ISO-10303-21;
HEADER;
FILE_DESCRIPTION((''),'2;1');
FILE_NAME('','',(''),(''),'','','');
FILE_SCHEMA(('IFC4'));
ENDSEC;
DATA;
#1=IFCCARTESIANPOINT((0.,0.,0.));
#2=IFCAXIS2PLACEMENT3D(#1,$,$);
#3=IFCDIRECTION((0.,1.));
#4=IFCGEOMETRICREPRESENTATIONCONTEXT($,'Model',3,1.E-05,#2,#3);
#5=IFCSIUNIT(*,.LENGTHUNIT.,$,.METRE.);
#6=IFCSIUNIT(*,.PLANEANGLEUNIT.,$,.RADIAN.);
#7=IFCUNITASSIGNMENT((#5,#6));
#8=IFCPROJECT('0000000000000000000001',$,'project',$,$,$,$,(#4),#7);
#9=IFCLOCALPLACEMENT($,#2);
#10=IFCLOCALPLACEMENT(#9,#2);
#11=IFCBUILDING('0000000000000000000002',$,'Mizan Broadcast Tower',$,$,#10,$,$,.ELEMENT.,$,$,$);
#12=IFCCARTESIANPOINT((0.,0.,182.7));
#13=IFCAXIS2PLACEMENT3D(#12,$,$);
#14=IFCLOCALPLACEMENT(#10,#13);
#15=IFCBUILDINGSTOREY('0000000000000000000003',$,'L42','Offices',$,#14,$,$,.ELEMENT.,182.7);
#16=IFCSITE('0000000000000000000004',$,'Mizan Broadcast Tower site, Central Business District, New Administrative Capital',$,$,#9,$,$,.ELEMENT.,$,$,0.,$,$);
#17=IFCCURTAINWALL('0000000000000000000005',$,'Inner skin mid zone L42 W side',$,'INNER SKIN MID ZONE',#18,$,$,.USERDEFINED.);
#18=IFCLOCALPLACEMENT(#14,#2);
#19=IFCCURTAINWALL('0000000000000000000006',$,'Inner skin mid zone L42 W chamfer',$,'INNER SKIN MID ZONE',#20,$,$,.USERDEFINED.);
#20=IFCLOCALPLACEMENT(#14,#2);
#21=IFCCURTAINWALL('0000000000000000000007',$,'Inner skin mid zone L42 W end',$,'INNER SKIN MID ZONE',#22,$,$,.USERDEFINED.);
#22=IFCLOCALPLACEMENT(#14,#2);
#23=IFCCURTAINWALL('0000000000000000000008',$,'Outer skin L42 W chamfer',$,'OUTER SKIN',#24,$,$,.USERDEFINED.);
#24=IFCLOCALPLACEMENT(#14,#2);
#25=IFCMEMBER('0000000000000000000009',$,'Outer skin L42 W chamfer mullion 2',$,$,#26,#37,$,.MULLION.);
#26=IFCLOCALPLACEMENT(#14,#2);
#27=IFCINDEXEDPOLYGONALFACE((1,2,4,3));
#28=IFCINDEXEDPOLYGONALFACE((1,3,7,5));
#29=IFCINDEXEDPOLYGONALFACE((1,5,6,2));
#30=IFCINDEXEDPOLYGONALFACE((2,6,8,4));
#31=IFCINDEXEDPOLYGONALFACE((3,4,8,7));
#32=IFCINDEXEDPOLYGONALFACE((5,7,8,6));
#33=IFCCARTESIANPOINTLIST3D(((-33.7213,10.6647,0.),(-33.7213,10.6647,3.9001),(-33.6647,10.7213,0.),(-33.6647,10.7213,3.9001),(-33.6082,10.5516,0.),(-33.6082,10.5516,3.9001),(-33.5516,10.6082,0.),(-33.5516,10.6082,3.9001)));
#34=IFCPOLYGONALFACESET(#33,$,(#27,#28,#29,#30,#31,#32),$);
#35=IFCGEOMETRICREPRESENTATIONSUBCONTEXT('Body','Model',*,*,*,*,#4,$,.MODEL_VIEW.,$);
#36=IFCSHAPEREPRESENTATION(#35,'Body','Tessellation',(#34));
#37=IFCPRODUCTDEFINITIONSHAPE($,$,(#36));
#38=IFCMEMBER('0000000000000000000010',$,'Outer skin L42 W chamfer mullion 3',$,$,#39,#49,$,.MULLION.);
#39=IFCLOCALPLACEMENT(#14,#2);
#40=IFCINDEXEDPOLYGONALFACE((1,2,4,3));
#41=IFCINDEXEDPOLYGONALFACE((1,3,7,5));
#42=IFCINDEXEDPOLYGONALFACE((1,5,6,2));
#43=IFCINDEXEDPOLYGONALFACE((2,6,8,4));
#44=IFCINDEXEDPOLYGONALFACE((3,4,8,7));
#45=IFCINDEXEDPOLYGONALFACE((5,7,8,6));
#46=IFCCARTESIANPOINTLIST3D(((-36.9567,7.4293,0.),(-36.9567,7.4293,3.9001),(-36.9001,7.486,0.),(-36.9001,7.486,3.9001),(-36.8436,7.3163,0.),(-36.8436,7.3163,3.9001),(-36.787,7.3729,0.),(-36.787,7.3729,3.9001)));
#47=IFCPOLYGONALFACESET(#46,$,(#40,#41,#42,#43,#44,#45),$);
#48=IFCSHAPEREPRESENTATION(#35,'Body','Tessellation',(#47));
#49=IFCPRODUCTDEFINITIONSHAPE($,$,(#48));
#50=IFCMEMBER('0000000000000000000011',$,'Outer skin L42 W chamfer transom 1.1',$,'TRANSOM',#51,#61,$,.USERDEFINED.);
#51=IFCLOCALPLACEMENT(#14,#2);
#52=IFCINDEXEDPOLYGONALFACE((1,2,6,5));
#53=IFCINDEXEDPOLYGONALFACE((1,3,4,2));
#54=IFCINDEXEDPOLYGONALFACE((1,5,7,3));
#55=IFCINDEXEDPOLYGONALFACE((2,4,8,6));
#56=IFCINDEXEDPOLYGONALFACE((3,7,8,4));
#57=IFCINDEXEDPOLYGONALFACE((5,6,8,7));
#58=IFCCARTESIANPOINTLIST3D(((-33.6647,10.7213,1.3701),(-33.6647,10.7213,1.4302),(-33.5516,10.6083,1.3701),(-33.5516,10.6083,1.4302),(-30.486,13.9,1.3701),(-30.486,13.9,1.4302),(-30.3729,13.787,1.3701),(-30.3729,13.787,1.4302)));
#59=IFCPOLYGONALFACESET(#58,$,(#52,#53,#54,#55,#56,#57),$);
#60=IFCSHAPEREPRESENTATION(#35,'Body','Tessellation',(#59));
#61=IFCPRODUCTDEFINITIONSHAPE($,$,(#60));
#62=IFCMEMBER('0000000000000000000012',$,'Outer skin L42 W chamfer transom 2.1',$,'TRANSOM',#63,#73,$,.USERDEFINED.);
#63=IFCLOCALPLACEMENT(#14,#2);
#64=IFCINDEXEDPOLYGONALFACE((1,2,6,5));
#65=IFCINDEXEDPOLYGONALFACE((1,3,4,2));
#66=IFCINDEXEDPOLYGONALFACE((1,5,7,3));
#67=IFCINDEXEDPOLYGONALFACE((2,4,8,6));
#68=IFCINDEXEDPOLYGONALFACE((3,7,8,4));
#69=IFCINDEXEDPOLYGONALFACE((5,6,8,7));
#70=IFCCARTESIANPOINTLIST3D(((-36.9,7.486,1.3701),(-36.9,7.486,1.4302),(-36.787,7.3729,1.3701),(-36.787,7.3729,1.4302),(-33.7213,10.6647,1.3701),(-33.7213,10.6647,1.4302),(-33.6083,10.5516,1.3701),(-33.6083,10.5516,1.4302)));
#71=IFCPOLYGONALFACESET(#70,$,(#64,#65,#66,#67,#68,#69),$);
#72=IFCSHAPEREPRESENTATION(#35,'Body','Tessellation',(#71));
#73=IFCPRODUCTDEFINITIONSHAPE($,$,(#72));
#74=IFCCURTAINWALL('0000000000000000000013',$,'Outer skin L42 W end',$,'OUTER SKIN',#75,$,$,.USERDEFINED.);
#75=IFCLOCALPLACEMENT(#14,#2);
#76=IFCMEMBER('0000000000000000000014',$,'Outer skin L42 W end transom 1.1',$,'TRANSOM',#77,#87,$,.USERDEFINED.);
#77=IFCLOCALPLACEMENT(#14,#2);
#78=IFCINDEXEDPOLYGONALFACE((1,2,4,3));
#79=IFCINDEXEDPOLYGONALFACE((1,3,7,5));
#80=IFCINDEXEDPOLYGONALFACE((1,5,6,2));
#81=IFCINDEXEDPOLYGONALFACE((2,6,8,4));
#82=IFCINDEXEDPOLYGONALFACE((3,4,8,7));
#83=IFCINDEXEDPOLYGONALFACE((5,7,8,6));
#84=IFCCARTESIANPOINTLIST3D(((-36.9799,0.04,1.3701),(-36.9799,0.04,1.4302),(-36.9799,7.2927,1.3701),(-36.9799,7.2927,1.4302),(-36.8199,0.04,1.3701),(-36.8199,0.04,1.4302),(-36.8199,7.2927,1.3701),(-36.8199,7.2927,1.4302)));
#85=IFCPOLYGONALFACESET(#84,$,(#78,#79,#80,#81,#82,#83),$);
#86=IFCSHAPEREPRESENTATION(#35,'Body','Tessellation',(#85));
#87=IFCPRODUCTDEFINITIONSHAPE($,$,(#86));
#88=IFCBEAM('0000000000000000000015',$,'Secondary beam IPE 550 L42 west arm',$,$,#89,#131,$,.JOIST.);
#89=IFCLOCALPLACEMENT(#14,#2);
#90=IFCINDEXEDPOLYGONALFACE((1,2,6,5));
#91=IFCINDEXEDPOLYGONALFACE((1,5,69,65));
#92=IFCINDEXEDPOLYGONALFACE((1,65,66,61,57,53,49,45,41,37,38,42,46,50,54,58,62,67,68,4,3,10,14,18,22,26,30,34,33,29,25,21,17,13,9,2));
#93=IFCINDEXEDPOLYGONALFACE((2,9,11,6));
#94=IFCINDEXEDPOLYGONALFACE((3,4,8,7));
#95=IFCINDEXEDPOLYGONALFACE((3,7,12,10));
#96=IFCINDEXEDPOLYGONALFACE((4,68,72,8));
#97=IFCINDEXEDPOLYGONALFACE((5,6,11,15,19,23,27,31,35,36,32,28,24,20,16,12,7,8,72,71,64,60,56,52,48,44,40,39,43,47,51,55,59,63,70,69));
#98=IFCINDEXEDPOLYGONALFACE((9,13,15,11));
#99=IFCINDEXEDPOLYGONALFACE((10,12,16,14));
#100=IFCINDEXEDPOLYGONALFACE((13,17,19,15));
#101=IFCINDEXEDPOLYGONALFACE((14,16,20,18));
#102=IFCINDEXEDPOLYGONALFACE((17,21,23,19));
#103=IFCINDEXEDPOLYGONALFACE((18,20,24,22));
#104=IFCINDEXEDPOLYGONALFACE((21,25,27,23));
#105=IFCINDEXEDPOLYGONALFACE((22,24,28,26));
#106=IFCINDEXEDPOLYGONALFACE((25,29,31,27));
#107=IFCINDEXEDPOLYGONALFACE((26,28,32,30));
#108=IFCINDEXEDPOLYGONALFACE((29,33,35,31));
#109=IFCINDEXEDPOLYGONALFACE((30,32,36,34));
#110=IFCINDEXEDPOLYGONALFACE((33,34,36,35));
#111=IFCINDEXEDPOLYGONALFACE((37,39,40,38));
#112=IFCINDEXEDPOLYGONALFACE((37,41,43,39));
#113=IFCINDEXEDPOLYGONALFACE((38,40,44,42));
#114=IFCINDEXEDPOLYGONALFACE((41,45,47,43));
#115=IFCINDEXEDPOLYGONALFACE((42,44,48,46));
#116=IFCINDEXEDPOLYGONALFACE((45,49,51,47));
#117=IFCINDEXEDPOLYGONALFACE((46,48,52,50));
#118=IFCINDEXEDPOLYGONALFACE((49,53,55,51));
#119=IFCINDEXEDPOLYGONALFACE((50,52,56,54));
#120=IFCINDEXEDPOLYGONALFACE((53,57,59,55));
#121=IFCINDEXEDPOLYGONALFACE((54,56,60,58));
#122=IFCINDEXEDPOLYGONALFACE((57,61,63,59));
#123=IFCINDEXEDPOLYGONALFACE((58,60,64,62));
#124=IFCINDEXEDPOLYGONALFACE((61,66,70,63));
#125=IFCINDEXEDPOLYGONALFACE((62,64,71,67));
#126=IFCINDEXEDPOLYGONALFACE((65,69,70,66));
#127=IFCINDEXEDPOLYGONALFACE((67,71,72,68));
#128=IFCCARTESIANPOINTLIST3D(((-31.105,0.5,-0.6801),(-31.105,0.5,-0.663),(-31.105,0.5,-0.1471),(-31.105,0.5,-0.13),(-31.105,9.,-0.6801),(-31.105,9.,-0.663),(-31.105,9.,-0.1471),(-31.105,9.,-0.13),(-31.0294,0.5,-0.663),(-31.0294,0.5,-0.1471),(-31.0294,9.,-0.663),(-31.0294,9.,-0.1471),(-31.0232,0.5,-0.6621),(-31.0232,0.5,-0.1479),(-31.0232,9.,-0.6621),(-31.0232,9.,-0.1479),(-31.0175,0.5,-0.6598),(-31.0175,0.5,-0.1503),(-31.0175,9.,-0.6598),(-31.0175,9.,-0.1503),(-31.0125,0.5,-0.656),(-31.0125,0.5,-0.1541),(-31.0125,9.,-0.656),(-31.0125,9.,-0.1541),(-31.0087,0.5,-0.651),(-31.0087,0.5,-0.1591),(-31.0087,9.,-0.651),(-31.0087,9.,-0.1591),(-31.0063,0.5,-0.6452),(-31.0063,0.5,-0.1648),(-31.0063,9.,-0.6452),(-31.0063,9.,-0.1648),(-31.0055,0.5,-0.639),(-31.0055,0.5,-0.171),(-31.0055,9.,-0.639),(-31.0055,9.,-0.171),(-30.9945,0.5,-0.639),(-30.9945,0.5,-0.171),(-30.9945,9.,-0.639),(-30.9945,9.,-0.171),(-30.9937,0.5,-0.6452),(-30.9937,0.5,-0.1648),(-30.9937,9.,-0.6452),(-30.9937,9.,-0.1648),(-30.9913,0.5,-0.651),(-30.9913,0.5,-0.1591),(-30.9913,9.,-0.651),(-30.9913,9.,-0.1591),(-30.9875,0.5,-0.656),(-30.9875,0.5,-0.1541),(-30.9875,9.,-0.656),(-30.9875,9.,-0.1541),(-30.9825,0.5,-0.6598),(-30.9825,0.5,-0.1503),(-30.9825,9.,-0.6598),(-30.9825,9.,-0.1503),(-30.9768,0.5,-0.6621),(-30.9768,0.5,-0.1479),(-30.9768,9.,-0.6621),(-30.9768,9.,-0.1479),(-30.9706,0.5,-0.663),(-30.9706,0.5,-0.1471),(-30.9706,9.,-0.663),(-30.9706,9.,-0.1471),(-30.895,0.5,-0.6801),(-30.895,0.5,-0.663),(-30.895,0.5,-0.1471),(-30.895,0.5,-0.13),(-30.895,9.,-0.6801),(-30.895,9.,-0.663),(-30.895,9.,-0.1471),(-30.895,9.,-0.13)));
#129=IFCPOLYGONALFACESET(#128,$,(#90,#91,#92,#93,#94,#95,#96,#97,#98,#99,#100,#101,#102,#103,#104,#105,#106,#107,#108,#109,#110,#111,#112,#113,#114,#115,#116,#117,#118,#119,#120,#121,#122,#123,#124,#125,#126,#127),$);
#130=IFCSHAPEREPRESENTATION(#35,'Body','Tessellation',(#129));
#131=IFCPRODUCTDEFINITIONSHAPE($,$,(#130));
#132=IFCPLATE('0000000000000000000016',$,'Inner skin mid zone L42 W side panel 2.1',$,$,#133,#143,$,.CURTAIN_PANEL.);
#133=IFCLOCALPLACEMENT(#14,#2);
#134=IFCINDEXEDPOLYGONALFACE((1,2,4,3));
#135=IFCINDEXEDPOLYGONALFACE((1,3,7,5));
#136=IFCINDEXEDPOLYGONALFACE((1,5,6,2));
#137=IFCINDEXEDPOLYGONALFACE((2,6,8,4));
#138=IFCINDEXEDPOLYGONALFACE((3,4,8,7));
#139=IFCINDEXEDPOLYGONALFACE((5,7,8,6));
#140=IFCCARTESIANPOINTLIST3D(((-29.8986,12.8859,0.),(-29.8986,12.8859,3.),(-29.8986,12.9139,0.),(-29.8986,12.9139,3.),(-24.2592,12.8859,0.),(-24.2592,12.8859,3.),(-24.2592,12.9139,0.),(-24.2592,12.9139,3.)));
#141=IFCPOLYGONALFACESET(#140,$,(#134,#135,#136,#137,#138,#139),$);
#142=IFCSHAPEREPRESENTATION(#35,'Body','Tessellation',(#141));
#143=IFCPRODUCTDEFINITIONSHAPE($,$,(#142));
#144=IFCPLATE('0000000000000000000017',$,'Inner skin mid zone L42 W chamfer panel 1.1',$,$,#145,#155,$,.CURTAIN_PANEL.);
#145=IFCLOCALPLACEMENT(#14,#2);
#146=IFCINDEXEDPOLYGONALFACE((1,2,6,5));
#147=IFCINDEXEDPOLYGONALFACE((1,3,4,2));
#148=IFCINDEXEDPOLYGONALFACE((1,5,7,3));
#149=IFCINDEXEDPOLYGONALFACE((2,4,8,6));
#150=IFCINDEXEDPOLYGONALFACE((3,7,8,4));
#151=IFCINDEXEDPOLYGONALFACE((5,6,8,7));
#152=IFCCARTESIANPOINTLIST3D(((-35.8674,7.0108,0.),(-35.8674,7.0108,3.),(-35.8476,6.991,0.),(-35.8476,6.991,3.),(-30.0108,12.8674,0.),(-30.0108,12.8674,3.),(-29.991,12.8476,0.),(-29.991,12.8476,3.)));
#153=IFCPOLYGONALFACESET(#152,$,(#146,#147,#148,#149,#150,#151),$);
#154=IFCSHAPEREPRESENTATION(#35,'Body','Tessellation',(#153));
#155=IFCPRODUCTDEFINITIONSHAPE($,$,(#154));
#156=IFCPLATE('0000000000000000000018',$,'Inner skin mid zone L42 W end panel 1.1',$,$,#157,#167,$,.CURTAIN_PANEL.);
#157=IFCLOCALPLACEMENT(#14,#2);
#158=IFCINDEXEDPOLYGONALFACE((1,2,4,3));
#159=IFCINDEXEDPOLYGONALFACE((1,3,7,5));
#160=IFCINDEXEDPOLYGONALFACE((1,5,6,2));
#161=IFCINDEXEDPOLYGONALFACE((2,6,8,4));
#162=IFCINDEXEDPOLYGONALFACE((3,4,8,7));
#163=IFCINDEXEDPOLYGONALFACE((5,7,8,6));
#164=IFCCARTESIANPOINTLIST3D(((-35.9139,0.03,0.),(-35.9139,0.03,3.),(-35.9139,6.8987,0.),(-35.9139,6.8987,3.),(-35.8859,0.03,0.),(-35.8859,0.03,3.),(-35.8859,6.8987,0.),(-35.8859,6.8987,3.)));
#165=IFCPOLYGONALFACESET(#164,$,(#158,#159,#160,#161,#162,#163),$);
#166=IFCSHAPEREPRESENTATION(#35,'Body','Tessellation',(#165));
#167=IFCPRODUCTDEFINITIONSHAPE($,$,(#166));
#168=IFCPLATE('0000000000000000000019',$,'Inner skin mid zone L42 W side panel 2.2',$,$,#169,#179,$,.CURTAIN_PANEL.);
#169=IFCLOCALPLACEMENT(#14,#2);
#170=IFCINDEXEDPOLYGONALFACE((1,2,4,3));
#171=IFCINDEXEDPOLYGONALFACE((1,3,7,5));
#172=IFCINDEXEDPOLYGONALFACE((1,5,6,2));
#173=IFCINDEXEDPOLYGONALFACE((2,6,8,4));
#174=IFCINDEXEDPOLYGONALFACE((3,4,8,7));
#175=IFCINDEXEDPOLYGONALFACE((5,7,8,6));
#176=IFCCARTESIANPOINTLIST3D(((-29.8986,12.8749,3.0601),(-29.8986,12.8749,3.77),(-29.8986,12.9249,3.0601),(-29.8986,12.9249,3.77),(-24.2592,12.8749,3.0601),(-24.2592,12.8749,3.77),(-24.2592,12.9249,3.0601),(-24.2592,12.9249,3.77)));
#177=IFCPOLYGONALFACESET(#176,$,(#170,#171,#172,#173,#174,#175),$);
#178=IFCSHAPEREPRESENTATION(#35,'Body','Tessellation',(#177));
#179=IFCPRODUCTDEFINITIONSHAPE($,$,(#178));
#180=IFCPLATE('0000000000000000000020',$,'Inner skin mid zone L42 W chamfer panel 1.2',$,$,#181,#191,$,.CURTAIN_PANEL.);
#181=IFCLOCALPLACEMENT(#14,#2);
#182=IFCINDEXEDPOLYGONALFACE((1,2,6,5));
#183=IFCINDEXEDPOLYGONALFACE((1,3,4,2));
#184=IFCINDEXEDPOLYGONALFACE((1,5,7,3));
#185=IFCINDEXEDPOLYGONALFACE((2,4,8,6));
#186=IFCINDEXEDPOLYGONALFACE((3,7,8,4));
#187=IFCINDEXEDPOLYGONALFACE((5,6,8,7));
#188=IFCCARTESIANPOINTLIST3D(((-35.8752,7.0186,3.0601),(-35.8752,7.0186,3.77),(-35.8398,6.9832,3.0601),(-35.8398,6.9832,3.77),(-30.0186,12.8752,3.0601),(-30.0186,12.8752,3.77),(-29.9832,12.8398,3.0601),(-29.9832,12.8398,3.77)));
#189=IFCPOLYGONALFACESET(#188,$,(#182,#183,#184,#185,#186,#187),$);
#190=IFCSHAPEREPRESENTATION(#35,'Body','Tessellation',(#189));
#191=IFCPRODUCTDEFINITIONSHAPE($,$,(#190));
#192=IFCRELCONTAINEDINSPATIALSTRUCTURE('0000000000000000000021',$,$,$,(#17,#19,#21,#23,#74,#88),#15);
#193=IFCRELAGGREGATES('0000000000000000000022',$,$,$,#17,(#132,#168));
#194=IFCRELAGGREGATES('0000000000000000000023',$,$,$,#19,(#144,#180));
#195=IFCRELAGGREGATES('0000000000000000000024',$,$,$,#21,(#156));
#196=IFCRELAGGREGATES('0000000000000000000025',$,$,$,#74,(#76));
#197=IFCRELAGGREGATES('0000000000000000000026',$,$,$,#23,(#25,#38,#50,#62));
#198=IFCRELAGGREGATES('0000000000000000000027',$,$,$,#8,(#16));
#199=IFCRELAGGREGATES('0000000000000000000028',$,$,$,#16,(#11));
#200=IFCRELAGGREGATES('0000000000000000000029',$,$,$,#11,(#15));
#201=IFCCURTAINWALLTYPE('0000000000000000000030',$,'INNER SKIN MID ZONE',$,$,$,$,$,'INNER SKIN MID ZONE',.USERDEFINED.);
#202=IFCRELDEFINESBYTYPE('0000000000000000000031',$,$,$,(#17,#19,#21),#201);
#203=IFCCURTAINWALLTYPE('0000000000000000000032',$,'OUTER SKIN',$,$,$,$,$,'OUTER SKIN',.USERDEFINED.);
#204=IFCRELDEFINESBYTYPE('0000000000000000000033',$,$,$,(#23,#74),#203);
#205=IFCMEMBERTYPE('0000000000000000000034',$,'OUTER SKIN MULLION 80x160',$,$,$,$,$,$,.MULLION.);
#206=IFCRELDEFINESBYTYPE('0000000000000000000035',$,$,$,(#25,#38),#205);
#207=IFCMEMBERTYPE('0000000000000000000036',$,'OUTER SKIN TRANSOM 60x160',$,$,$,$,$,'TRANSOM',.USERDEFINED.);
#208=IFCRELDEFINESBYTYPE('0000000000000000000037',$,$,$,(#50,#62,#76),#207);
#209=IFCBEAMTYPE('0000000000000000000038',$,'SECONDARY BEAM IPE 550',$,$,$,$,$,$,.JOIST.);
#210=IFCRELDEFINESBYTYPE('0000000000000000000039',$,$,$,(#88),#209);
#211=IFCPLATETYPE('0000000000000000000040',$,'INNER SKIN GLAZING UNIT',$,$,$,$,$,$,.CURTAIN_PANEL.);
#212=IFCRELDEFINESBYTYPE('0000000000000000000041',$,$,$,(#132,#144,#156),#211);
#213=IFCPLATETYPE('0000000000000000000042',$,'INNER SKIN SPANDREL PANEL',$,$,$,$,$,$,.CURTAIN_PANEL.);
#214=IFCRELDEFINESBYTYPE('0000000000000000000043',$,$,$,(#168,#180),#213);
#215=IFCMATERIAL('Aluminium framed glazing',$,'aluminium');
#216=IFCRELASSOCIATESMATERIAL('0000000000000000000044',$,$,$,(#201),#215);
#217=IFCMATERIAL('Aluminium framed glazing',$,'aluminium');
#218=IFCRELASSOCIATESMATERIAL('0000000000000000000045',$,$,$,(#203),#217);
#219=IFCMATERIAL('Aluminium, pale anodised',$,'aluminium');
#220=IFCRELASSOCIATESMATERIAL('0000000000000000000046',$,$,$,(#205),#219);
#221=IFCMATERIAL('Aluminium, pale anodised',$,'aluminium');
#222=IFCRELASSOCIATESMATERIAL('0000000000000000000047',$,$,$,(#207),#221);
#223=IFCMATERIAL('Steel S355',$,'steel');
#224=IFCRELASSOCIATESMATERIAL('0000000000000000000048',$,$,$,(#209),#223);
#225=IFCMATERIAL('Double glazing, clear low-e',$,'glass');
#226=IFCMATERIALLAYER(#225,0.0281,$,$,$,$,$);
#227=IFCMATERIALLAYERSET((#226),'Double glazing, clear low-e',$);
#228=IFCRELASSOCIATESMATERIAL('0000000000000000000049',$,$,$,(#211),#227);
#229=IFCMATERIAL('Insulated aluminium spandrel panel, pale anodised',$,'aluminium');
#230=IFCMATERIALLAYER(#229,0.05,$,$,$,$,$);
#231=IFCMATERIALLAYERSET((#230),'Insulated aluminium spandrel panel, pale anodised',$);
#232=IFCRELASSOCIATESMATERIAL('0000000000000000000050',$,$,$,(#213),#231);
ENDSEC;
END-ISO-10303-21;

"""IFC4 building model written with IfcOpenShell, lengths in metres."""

from ifc_helpers import new_model, si_unit, direction, frame, origin, origin_2d, place, context, subcontext, project, spatial, rectangle, i_section, extrude, material, layer, layer_set, material_profile, profile_set, type_object, element, aggregate, save


model = new_model("IFC4")

# Units and contexts
model_context = context("Model", 3, precision=1e-05, world=origin(), true_north=direction((0.0, 1.0)))
body_context = subcontext(model_context, "Body", "Model", "MODEL_VIEW")
ifc_project = project(units=[si_unit("LENGTHUNIT", "METRE"), si_unit("PLANEANGLEUNIT", "RADIAN")], contexts=[model_context])

# Site, building, storey
site_placement = place(None, origin())
site = spatial("IfcSite", under=ifc_project, at=site_placement, Name="Mizan Broadcast Tower site, Central Business District, New Administrative Capital", CompositionType="ELEMENT", RefElevation=0.0)
building_placement = place(site_placement, origin())
building = spatial("IfcBuilding", under=site, at=building_placement, Name="Mizan Broadcast Tower", CompositionType="ELEMENT")
storey_placement = place(building_placement, frame((0.0, 0.0, 182.7)))
storey = spatial("IfcBuildingStorey", under=building, at=storey_placement, Name="L42", Description="Offices", CompositionType="ELEMENT", Elevation=182.7)

# Curtain wall
ifc_material_1 = material(Name="Aluminium framed glazing", Category="aluminium")
curtain_wall_type_1 = type_object("IfcCurtainWallType", Name="INNER SKIN MID ZONE", ElementType="INNER SKIN MID ZONE", PredefinedType="USERDEFINED", material=ifc_material_1)
curtain_wall_1_placement = place(storey_placement, origin())
curtain_wall_1 = element("IfcCurtainWall", 1, at=curtain_wall_1_placement, inside=storey, type_object=curtain_wall_type_1, Name="Inner skin mid zone L42 W side", ObjectType="INNER SKIN MID ZONE", PredefinedType="USERDEFINED")

# Curtain wall
curtain_wall_2_placement = place(storey_placement, origin())
curtain_wall_2 = element("IfcCurtainWall", 2, at=curtain_wall_2_placement, inside=storey, type_object=curtain_wall_type_1, Name="Inner skin mid zone L42 W chamfer", ObjectType="INNER SKIN MID ZONE", PredefinedType="USERDEFINED")

# Curtain wall
curtain_wall_3_placement = place(storey_placement, origin())
curtain_wall_3 = element("IfcCurtainWall", 3, at=curtain_wall_3_placement, inside=storey, type_object=curtain_wall_type_1, Name="Inner skin mid zone L42 W end", ObjectType="INNER SKIN MID ZONE", PredefinedType="USERDEFINED")
ifc_material_2 = material(Name="Aluminium framed glazing", Category="aluminium")
curtain_wall_type_2 = type_object("IfcCurtainWallType", Name="OUTER SKIN", ElementType="OUTER SKIN", PredefinedType="USERDEFINED", material=ifc_material_2)
ifc_material_3 = material(Name="Aluminium, pale anodised", Category="aluminium")
ifc_material_profile_1 = material_profile(ifc_material_3, rectangle(XDim=0.1599, YDim=0.0801, at=origin_2d()), Name="MULLION 160x80")
ifc_profile_set_1 = profile_set([ifc_material_profile_1], Name="Aluminium, pale anodised")
member_type_1 = type_object("IfcMemberType", Name="OUTER SKIN MULLION 80x160", PredefinedType="MULLION", material=ifc_profile_set_1)

# Curtain wall, members
curtain_wall_4_placement = place(storey_placement, origin())
curtain_wall_4 = element("IfcCurtainWall", 4, at=curtain_wall_4_placement, inside=storey, type_object=curtain_wall_type_2, Name="Outer skin L42 W chamfer", ObjectType="OUTER SKIN", PredefinedType="USERDEFINED")
member_1_placement = place(storey_placement, frame((-33.6365, 10.6365, 0.0), z_axis=(0.0, 0.0, 1.0), x_axis=(0.707107, -0.707107, 0.0)))
member_1 = element("IfcMember", 5, at=member_1_placement, type_object=member_type_1, Name="Outer skin L42 W chamfer mullion 2", PredefinedType="MULLION", context=body_context, shape_type="SweptSolid", body=[
    extrude(rectangle(XDim=0.1599, YDim=0.0801, at=origin_2d()), origin(), (0.0, 0.0, 1.0), 3.9001),
])
member_2_placement = place(storey_placement, frame((-36.8718, 7.4011, 0.0), z_axis=(0.0, 0.0, 1.0), x_axis=(0.707107, -0.707107, 0.0)))
member_2 = element("IfcMember", 6, at=member_2_placement, type_object=member_type_1, Name="Outer skin L42 W chamfer mullion 3", PredefinedType="MULLION", context=body_context, shape_type="SweptSolid", body=[
    extrude(rectangle(XDim=0.1599, YDim=0.0801, at=origin_2d()), origin(), (0.0, 0.0, 1.0), 3.9001),
])
ifc_material_4 = material(Name="Aluminium, pale anodised", Category="aluminium")
ifc_material_profile_2 = material_profile(ifc_material_4, rectangle(XDim=0.1599, YDim=0.0601, at=origin_2d()), Name="TRANSOM 160x60")
ifc_profile_set_2 = profile_set([ifc_material_profile_2], Name="Aluminium, pale anodised")
member_type_2 = type_object("IfcMemberType", Name="OUTER SKIN TRANSOM 60x160", ElementType="TRANSOM", PredefinedType="USERDEFINED", material=ifc_profile_set_2)
member_3_placement = place(storey_placement, frame((-30.4294, 13.8435, 1.4001), z_axis=(-0.707107, -0.707107, 0.0), x_axis=(0.707107, -0.707107, 0.0)))
member_3 = element("IfcMember", 7, at=member_3_placement, type_object=member_type_2, Name="Outer skin L42 W chamfer transom 1.1", ObjectType="TRANSOM", PredefinedType="USERDEFINED", context=body_context, shape_type="SweptSolid", body=[
    extrude(rectangle(XDim=0.1599, YDim=0.0601, at=origin_2d()), origin(), (0.0, 0.0, 1.0), 4.4954),
])
member_4_placement = place(storey_placement, frame((-33.6648, 10.6082, 1.4001), z_axis=(-0.707107, -0.707107, 0.0), x_axis=(0.707107, -0.707107, 0.0)))
member_4 = element("IfcMember", 8, at=member_4_placement, type_object=member_type_2, Name="Outer skin L42 W chamfer transom 2.1", ObjectType="TRANSOM", PredefinedType="USERDEFINED", context=body_context, shape_type="SweptSolid", body=[
    extrude(rectangle(XDim=0.1599, YDim=0.0601, at=origin_2d()), origin(), (0.0, 0.0, 1.0), 4.4954),
])

# Curtain wall, member
curtain_wall_5_placement = place(storey_placement, origin())
curtain_wall_5 = element("IfcCurtainWall", 9, at=curtain_wall_5_placement, inside=storey, type_object=curtain_wall_type_2, Name="Outer skin L42 W end", ObjectType="OUTER SKIN", PredefinedType="USERDEFINED")
member_5_placement = place(storey_placement, frame((-36.8999, 7.2927, 1.4001), z_axis=(0.0, -1.0, 0.0), x_axis=(1.0, 0.0, 0.0)))
member_5 = element("IfcMember", 10, at=member_5_placement, type_object=member_type_2, Name="Outer skin L42 W end transom 1.1", ObjectType="TRANSOM", PredefinedType="USERDEFINED", context=body_context, shape_type="SweptSolid", body=[
    extrude(rectangle(XDim=0.1599, YDim=0.0601, at=origin_2d()), origin(), (0.0, 0.0, 1.0), 7.2527),
])

# Beam
ifc_material_5 = material(Name="Steel S355", Category="steel")
ifc_material_profile_3 = material_profile(ifc_material_5, i_section(OverallWidth=0.21, OverallDepth=0.55, WebThickness=0.011, FlangeThickness=0.0171, FilletRadius=0.0239, at=origin_2d()), Name="IPE 550")
ifc_profile_set_3 = profile_set([ifc_material_profile_3], Name="Steel S355")
beam_type_1 = type_object("IfcBeamType", Name="SECONDARY BEAM IPE 550", PredefinedType="JOIST", material=ifc_profile_set_3)
beam_1_placement = place(storey_placement, frame((-31.0, 9.0, -0.405), z_axis=(0.0, -1.0, 0.0), x_axis=(1.0, 0.0, 0.0)))
element("IfcBeam", 11, at=beam_1_placement, inside=storey, type_object=beam_type_1, Name="Secondary beam IPE 550 L42 west arm", PredefinedType="JOIST", context=body_context, shape_type="SweptSolid", body=[
    extrude(i_section(OverallWidth=0.21, OverallDepth=0.55, WebThickness=0.011, FlangeThickness=0.0171, FilletRadius=0.0239, at=origin_2d()), origin(), (0.0, 0.0, 1.0), 8.5),
])

# Plates
ifc_material_6 = material(Name="Double glazing, clear low-e", Category="glass")
ifc_layer_1 = layer(ifc_material_6, 0.0281)
ifc_layer_set_1 = layer_set([ifc_layer_1], Name="Double glazing, clear low-e")
plate_type_1 = type_object("IfcPlateType", Name="INNER SKIN GLAZING UNIT", PredefinedType="CURTAIN_PANEL", material=ifc_layer_set_1)
plate_1_placement = place(storey_placement, frame((-27.0789, 12.8999, 0.0), z_axis=(0.0, 0.0, 1.0), x_axis=(-1.0, 0.0, 0.0)))
plate_1 = element("IfcPlate", 12, at=plate_1_placement, type_object=plate_type_1, Name="Inner skin mid zone L42 W side panel 2.1", PredefinedType="CURTAIN_PANEL", context=body_context, shape_type="SweptSolid", body=[
    extrude(rectangle(XDim=5.6394, YDim=0.0281, at=origin_2d()), origin(), (0.0, 0.0, 1.0), 3.0),
])
plate_2_placement = place(storey_placement, frame((-32.9292, 9.9292, 0.0), z_axis=(0.0, 0.0, 1.0), x_axis=(-0.707107, -0.707107, 0.0)))
plate_2 = element("IfcPlate", 13, at=plate_2_placement, type_object=plate_type_1, Name="Inner skin mid zone L42 W chamfer panel 1.1", PredefinedType="CURTAIN_PANEL", context=body_context, shape_type="SweptSolid", body=[
    extrude(rectangle(XDim=8.2825, YDim=0.0281, at=origin_2d()), origin(), (0.0, 0.0, 1.0), 3.0),
])
plate_3_placement = place(storey_placement, frame((-35.8999, 3.4644, 0.0), z_axis=(0.0, 0.0, 1.0), x_axis=(0.0, -1.0, 0.0)))
plate_3 = element("IfcPlate", 14, at=plate_3_placement, type_object=plate_type_1, Name="Inner skin mid zone L42 W end panel 1.1", PredefinedType="CURTAIN_PANEL", context=body_context, shape_type="SweptSolid", body=[
    extrude(rectangle(XDim=6.8687, YDim=0.0281, at=origin_2d()), origin(), (0.0, 0.0, 1.0), 3.0),
])
ifc_material_7 = material(Name="Insulated aluminium spandrel panel, pale anodised", Category="aluminium")
ifc_layer_2 = layer(ifc_material_7, 0.05)
ifc_layer_set_2 = layer_set([ifc_layer_2], Name="Insulated aluminium spandrel panel, pale anodised")
plate_type_2 = type_object("IfcPlateType", Name="INNER SKIN SPANDREL PANEL", PredefinedType="CURTAIN_PANEL", material=ifc_layer_set_2)
plate_4_placement = place(storey_placement, frame((-27.0789, 12.8999, 3.0601), z_axis=(0.0, 0.0, 1.0), x_axis=(-1.0, 0.0, 0.0)))
plate_4 = element("IfcPlate", 15, at=plate_4_placement, type_object=plate_type_2, Name="Inner skin mid zone L42 W side panel 2.2", PredefinedType="CURTAIN_PANEL", context=body_context, shape_type="SweptSolid", body=[
    extrude(rectangle(XDim=5.6394, YDim=0.05, at=origin_2d()), origin(), (0.0, 0.0, 1.0), 0.71),
])
aggregate(curtain_wall_1, [plate_1, plate_4])
plate_5_placement = place(storey_placement, frame((-32.9292, 9.9292, 3.0601), z_axis=(0.0, 0.0, 1.0), x_axis=(-0.707107, -0.707107, 0.0)))
plate_5 = element("IfcPlate", 16, at=plate_5_placement, type_object=plate_type_2, Name="Inner skin mid zone L42 W chamfer panel 1.2", PredefinedType="CURTAIN_PANEL", context=body_context, shape_type="SweptSolid", body=[
    extrude(rectangle(XDim=8.2825, YDim=0.05, at=origin_2d()), origin(), (0.0, 0.0, 1.0), 0.71),
])
aggregate(curtain_wall_2, [plate_2, plate_5])
aggregate(curtain_wall_3, [plate_3])
aggregate(curtain_wall_5, [member_5])
aggregate(curtain_wall_4, [member_1, member_2, member_3, member_4])

save(model, "model.ifc")
